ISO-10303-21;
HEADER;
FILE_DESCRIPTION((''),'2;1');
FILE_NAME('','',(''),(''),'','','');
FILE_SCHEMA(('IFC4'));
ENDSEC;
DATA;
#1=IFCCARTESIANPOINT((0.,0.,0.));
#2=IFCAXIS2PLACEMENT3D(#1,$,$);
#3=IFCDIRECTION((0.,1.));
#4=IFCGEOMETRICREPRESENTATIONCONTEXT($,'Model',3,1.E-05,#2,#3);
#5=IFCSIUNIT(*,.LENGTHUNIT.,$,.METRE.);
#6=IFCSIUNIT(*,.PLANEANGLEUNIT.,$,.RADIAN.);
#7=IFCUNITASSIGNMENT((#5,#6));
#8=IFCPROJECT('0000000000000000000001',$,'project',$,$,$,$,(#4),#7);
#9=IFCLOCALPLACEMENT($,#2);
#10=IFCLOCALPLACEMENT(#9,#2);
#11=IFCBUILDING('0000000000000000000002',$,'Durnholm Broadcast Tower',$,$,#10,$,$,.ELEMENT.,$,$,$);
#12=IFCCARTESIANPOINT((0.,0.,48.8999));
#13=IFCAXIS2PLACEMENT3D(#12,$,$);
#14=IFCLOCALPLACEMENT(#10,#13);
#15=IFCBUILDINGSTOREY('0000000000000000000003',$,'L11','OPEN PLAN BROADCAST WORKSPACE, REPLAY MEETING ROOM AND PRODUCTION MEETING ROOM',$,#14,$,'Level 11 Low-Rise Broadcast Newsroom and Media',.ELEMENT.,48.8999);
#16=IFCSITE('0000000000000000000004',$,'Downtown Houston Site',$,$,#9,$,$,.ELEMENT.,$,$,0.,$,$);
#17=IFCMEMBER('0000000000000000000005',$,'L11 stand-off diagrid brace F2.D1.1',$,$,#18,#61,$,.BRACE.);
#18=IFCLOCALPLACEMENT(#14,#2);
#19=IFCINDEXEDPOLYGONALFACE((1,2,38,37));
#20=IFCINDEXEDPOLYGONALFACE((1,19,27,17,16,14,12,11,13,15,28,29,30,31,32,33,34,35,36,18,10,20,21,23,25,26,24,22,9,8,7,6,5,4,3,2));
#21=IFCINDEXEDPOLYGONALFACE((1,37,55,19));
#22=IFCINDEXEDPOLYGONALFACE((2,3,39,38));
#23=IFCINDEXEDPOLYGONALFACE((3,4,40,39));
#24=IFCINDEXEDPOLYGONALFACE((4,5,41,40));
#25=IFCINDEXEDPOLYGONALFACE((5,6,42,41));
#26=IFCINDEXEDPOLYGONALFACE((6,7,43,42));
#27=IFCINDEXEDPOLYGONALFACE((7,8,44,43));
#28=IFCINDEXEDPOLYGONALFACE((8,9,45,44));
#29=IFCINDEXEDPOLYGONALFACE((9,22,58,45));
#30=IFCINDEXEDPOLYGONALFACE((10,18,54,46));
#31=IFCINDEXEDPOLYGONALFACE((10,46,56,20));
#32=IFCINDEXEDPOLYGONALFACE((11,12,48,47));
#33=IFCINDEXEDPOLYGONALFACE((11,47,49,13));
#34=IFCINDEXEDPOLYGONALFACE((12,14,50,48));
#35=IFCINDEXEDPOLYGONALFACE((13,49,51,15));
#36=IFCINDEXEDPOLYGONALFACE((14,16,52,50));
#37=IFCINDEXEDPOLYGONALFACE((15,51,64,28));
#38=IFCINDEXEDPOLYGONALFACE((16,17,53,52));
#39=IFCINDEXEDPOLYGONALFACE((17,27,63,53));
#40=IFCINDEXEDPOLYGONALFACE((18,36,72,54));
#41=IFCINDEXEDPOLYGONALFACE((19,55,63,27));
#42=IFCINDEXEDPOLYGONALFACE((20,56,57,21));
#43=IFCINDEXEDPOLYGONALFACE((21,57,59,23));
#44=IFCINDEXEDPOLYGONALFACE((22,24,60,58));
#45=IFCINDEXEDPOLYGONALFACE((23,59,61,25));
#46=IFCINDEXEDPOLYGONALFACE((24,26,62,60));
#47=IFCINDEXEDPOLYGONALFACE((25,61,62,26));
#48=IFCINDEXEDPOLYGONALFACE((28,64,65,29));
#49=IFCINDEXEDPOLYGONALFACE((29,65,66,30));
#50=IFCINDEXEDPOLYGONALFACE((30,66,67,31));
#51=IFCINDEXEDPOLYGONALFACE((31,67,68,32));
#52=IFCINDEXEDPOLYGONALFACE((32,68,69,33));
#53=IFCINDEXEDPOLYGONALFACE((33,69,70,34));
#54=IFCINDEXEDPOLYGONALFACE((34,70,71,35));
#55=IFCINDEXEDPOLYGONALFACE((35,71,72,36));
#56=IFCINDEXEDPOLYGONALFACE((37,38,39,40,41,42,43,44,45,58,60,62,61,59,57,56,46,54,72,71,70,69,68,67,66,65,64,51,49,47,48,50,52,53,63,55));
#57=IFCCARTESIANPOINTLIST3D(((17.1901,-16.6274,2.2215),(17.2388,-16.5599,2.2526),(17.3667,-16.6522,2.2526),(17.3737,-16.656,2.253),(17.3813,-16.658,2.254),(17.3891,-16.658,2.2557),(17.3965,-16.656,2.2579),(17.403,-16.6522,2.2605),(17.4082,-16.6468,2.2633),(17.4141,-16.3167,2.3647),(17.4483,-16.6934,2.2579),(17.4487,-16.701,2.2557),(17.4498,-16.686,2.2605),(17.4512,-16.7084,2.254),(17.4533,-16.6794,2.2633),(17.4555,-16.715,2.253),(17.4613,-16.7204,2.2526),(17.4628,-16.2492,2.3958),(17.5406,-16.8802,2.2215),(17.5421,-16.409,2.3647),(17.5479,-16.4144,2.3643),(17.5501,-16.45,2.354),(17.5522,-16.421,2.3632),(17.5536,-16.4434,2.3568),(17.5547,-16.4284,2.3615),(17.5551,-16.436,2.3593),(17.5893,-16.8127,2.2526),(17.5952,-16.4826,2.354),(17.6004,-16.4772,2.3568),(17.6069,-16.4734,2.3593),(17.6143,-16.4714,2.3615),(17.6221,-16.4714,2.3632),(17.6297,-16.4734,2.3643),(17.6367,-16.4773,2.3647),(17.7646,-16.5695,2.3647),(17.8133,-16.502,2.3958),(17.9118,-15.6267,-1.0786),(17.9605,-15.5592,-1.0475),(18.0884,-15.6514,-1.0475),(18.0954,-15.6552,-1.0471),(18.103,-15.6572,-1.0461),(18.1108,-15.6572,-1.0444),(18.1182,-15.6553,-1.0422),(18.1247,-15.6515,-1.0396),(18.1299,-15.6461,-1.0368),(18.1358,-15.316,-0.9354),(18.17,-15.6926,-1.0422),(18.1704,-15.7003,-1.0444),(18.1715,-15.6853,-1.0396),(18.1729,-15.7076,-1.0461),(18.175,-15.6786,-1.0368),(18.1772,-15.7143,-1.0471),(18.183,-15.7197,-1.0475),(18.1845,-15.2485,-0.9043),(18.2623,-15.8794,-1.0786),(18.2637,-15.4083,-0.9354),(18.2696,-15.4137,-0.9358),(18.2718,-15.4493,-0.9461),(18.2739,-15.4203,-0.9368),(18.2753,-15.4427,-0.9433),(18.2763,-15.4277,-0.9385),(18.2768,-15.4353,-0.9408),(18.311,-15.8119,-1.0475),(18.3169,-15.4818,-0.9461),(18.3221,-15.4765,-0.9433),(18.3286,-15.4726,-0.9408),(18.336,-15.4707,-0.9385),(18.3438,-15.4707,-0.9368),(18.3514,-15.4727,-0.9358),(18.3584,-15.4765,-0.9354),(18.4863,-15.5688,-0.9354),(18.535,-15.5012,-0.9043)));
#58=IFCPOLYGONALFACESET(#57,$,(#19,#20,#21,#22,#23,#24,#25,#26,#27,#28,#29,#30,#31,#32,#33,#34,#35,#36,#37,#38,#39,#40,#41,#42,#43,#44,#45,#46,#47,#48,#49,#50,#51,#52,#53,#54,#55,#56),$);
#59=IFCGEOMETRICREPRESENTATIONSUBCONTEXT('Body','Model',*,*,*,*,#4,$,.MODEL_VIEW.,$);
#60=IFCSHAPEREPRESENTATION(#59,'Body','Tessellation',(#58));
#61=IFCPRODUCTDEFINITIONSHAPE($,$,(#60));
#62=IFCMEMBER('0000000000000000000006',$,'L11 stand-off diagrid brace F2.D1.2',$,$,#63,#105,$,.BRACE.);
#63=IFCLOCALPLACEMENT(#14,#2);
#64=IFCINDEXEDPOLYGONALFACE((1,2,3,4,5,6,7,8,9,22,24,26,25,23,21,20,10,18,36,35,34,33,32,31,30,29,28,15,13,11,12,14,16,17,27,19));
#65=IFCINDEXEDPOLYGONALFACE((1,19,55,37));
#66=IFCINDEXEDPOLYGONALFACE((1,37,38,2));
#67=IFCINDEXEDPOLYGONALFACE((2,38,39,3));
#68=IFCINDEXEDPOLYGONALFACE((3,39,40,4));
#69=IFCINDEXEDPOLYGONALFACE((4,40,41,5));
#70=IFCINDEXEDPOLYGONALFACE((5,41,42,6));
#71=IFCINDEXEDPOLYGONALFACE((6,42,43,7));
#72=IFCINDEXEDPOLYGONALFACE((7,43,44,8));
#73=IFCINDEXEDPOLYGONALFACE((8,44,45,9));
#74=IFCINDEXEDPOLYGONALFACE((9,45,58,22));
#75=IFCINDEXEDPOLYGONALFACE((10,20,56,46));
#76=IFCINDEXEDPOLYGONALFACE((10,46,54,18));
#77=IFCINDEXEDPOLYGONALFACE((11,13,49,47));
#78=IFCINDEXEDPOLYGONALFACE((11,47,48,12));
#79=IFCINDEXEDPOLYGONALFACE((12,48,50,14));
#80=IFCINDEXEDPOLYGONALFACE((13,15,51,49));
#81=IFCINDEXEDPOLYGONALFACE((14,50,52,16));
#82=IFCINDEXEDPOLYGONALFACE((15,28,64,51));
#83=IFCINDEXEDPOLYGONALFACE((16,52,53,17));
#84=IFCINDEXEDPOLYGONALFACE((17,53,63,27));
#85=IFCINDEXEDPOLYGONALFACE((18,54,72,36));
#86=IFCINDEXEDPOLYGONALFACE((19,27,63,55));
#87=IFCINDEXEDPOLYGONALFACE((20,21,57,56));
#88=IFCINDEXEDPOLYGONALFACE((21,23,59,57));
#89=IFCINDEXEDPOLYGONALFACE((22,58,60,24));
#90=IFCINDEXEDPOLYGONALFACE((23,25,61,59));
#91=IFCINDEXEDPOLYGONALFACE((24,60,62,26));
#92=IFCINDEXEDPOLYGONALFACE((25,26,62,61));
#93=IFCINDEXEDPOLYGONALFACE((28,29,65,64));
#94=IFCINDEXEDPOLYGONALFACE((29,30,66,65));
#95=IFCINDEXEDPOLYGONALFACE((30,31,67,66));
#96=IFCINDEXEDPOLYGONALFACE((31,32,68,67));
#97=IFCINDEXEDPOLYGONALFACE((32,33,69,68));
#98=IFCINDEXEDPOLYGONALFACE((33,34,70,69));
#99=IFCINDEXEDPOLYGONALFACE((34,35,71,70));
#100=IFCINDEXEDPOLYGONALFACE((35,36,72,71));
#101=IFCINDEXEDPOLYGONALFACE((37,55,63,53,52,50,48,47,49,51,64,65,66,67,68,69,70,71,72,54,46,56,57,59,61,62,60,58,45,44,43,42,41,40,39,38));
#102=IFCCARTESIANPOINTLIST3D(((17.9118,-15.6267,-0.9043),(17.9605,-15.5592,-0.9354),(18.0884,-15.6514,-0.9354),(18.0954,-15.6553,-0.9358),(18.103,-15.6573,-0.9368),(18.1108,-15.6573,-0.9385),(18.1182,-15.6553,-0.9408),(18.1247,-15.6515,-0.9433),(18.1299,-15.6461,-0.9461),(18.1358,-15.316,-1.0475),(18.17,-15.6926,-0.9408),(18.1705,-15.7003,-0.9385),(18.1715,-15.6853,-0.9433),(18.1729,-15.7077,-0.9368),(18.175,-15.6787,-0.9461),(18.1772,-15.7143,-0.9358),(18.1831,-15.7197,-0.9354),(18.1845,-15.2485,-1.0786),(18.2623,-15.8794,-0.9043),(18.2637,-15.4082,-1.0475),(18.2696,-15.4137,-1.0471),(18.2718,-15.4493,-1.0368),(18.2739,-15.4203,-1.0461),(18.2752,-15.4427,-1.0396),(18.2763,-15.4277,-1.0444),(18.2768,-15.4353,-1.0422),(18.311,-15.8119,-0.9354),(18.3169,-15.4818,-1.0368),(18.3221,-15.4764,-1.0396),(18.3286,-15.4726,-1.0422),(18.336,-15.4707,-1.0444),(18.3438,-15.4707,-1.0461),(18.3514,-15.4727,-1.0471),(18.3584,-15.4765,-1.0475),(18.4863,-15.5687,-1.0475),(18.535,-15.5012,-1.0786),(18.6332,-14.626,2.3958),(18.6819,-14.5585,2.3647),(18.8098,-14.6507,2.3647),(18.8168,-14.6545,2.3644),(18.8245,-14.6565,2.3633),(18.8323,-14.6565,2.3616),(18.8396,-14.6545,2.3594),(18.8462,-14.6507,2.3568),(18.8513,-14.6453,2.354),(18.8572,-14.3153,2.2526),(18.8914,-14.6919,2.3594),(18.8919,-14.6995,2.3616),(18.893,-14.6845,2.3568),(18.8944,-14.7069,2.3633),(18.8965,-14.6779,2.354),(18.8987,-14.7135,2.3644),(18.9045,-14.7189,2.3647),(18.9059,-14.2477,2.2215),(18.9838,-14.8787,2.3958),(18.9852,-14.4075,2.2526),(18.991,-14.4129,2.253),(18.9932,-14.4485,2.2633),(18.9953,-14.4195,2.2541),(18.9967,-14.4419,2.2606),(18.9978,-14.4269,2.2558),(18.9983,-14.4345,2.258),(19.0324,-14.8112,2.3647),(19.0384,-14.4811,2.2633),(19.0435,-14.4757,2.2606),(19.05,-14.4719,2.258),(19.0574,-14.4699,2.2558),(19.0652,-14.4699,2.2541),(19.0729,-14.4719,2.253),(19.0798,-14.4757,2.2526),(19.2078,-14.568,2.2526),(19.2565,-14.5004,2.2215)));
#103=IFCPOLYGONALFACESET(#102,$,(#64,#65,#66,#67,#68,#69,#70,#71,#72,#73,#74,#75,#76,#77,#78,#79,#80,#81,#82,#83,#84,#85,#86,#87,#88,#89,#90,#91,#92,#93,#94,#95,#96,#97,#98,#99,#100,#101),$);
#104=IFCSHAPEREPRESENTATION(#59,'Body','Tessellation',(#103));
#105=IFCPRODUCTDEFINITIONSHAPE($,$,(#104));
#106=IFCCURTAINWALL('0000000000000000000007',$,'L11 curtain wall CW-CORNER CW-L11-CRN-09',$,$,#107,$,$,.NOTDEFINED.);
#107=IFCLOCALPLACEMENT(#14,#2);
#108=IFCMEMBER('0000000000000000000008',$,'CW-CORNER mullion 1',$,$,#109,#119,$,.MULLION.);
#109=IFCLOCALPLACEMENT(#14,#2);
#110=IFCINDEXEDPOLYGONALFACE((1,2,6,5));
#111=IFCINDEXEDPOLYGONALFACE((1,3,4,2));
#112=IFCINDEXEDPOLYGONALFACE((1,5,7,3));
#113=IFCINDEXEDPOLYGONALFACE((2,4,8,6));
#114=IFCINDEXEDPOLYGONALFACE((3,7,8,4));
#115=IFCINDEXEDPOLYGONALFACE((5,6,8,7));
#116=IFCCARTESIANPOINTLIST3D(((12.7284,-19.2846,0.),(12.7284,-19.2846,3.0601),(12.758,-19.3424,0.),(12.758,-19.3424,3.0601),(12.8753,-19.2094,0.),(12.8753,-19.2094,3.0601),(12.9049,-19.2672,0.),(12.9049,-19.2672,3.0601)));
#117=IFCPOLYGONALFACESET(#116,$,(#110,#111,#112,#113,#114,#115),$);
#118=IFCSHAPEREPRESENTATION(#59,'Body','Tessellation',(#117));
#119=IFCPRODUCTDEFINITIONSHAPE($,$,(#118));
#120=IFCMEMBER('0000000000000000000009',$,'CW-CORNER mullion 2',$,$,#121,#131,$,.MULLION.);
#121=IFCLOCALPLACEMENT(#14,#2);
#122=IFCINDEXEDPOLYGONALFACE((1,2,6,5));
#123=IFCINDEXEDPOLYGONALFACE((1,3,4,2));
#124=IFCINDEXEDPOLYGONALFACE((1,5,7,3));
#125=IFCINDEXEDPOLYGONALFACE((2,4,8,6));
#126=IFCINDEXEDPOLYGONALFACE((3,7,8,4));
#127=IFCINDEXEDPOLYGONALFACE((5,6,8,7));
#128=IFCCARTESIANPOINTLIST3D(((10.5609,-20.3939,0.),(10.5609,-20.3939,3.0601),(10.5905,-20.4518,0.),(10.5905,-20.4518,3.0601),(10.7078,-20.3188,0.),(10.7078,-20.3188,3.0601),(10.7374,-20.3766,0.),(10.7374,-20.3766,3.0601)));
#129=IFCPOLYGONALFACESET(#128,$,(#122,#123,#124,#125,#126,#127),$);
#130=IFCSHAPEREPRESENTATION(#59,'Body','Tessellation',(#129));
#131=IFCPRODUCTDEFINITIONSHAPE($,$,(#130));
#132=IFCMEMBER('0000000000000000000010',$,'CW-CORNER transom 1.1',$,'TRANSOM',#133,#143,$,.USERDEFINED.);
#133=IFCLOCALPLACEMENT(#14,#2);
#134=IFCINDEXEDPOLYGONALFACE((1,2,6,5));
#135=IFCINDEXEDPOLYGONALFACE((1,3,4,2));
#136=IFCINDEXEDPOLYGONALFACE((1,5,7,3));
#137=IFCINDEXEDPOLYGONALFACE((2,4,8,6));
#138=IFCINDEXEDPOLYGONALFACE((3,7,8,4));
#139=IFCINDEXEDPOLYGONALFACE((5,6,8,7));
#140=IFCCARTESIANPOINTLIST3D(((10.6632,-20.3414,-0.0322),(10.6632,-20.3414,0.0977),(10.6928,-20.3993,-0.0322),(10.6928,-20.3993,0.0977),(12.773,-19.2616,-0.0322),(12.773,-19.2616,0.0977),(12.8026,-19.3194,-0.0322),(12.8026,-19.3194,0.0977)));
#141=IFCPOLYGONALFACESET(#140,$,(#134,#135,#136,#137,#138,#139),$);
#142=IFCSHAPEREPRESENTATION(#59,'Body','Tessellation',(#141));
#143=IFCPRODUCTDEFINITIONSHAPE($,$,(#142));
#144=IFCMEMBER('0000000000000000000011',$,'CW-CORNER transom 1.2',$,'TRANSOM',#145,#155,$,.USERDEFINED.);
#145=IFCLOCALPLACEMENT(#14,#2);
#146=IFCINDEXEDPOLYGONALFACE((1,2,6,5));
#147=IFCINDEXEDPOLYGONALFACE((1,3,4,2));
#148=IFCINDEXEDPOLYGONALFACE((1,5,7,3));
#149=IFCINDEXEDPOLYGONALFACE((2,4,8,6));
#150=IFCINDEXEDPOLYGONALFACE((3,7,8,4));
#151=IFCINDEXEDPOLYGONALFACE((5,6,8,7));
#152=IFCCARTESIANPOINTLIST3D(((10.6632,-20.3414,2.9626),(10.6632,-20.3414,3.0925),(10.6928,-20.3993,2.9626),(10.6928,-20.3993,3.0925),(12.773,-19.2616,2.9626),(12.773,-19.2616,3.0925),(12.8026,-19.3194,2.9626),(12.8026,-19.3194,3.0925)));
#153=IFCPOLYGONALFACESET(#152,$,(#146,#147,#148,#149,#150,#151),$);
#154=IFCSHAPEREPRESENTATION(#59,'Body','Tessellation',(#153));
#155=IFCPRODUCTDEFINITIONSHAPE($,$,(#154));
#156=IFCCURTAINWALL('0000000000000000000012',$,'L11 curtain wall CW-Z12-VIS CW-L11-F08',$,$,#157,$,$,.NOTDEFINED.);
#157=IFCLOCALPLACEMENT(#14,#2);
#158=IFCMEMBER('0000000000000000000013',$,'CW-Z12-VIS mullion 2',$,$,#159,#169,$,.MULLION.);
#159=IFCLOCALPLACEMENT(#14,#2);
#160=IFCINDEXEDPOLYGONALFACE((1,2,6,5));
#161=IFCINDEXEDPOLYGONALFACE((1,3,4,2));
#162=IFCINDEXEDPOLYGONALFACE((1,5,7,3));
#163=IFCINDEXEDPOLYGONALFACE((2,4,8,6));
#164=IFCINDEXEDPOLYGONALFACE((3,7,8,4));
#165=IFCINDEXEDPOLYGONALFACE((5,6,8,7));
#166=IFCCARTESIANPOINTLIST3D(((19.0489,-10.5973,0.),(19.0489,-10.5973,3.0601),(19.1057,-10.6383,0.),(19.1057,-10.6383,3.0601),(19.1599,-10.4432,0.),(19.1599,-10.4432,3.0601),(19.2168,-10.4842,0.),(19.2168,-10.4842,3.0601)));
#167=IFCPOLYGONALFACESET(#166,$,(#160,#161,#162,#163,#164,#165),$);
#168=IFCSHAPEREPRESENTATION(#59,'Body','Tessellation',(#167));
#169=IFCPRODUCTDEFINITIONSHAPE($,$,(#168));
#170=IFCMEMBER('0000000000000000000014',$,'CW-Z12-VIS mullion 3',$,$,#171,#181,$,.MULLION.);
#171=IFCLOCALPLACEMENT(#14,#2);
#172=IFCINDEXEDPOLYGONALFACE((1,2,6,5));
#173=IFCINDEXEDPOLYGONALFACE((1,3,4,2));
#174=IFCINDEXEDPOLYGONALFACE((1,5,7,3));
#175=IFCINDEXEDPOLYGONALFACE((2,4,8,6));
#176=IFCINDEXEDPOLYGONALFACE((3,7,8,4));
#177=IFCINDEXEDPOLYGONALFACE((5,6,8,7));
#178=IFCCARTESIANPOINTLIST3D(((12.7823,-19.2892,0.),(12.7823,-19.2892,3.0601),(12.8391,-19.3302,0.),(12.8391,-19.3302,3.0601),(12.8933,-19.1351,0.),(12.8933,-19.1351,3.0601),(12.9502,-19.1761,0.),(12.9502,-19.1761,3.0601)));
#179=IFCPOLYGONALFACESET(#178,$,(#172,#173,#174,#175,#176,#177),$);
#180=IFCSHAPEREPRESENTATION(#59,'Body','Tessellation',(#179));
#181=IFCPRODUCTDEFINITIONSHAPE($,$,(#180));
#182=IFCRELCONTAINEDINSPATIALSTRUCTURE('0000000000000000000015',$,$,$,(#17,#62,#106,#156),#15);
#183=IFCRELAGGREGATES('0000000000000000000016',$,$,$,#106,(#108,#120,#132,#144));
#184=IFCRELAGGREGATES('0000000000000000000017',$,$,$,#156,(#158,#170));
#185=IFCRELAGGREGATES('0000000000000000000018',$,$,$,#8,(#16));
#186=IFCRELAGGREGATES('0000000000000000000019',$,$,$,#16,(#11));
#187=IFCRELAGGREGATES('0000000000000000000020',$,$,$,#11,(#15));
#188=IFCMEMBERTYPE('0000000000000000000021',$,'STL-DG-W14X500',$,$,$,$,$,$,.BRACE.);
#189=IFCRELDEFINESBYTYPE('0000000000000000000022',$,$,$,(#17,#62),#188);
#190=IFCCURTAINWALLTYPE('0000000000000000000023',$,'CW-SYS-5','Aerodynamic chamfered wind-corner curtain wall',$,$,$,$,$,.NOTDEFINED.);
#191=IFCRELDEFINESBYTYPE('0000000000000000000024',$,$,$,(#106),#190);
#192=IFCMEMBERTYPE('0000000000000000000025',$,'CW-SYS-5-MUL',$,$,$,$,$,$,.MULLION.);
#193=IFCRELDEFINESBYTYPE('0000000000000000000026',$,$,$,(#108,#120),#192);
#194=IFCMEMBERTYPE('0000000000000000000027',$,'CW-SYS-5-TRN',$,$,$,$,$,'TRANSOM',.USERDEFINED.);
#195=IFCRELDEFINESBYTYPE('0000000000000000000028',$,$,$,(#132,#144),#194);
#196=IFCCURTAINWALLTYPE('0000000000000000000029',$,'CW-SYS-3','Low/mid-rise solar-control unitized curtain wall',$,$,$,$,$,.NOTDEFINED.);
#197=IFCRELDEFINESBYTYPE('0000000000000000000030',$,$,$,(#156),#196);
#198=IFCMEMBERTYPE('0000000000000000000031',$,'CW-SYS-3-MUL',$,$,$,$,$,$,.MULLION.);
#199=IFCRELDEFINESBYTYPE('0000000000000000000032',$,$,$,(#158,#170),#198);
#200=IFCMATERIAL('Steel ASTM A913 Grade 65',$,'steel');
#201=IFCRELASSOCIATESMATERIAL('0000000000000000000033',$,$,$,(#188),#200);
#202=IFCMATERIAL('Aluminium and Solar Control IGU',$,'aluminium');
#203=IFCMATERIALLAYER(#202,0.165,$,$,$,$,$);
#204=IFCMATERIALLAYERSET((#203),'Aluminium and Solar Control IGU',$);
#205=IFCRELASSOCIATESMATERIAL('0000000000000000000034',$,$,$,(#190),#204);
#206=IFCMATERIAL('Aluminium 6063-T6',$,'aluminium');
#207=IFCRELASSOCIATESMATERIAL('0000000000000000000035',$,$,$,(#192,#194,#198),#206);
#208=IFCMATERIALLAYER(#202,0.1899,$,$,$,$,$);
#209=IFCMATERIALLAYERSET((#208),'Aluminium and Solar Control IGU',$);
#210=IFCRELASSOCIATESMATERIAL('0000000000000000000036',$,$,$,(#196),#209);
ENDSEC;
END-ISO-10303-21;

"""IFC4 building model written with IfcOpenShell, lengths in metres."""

from ifc_helpers import new_model, si_unit, direction, frame, origin, origin_2d, place, context, subcontext, project, spatial, rectangle, i_section, extrude, source, transform, mapped, material, layer, layer_set, material_profile, profile_set, type_object, type_shapes, element, aggregate, save


model = new_model("IFC4")

# Units and contexts
model_context = context("Model", 3, precision=1e-05, world=origin(), true_north=direction((0.0, 1.0)))
body_context = subcontext(model_context, "Body", "Model", "MODEL_VIEW")
ifc_project = project(units=[si_unit("LENGTHUNIT", "METRE"), si_unit("PLANEANGLEUNIT", "RADIAN")], contexts=[model_context])

# Site, building, storey
site_placement = place(None, origin())
site = spatial("IfcSite", under=ifc_project, at=site_placement, Name="Downtown Houston Site", CompositionType="ELEMENT", RefElevation=0.0)
building_placement = place(site_placement, origin())
building = spatial("IfcBuilding", under=site, at=building_placement, Name="Durnholm Broadcast Tower", CompositionType="ELEMENT")
storey_placement = place(building_placement, frame((0.0, 0.0, 48.8999)))
storey = spatial("IfcBuildingStorey", under=building, at=storey_placement, Name="L11", Description="OPEN PLAN BROADCAST WORKSPACE, REPLAY MEETING ROOM AND PRODUCTION MEETING ROOM", LongName="Level 11 Low-Rise Broadcast Newsroom and Media", CompositionType="ELEMENT", Elevation=48.8999)

# Members
ifc_material_1 = material(Name="Steel ASTM A913 Grade 65", Category="steel")
ifc_material_profile_1 = material_profile(ifc_material_1, i_section(OverallWidth=0.4321, OverallDepth=0.4978, WebThickness=0.0557, FlangeThickness=0.0889, FilletRadius=0.0305, at=origin_2d()), Name="W14X500")
ifc_profile_set_1 = profile_set([ifc_material_profile_1], Name="Steel ASTM A913 Grade 65")
member_type_1 = type_object("IfcMemberType", Name="STL-DG-W14X500", PredefinedType="BRACE", material=ifc_profile_set_1)
shared_shape_1 = source(origin(), body_context, "Body", "SweptSolid", [
    extrude(i_section(OverallWidth=0.4321, OverallDepth=0.4978, WebThickness=0.0557, FlangeThickness=0.0889, FilletRadius=0.0305, at=origin_2d()), origin(), (0.0, 0.0, 1.0), 3.5232),
])
type_shapes(member_type_1, [shared_shape_1])
for number, where, z_axis, x_axis, name in (
    (1, (18.2234, -15.564, -0.9915), (-0.204839, -0.284045, 0.936675), (0.811091, -0.58492, 0.0), "L11 stand-off diagrid brace F2.D1.1"),
    (2, (18.2234, -15.564, -0.9915), (0.204773, 0.284049, 0.936688), (-0.811185, 0.584789, 0.0), "L11 stand-off diagrid brace F2.D1.2"),
):
    element("IfcMember", number, at=place(storey_placement, frame(where, z_axis=z_axis, x_axis=x_axis)), inside=storey, type_object=member_type_1, Name=name, PredefinedType="BRACE", context=body_context, shape_type="MappedRepresentation", body=[
        mapped(shared_shape_1, transform((0.0, 0.0, 0.0), x_axis=(1.0, 0.0, 0.0), y_axis=(0.0, 1.0, 0.0), z_axis=(0.0, 0.0, 1.0), scale=1.0)),
    ])

# Curtain walls, members
ifc_material_2 = material(Name="Aluminium and Solar Control IGU", Category="aluminium")
ifc_layer_1 = layer(ifc_material_2, 0.165)
ifc_layer_set_1 = layer_set([ifc_layer_1], Name="Aluminium and Solar Control IGU")
curtain_wall_type_1 = type_object("IfcCurtainWallType", Name="CW-SYS-5", Description="Aerodynamic chamfered wind-corner curtain wall", PredefinedType="NOTDEFINED", material=ifc_layer_set_1)
curtain_wall_1_placement = place(storey_placement, origin())
curtain_wall_1 = element("IfcCurtainWall", 3, at=curtain_wall_1_placement, inside=storey, type_object=curtain_wall_type_1, Name="L11 curtain wall CW-CORNER CW-L11-CRN-09", PredefinedType="NOTDEFINED")
ifc_material_3 = material(Name="Aluminium 6063-T6", Category="aluminium")
ifc_material_profile_2 = material_profile(ifc_material_3, rectangle(XDim=0.0649, YDim=0.165, at=origin_2d()), Name="CWM65X165")
ifc_profile_set_2 = profile_set([ifc_material_profile_2], Name="Aluminium 6063-T6")
member_type_2 = type_object("IfcMemberType", Name="CW-SYS-5-MUL", PredefinedType="MULLION", material=ifc_profile_set_2)
shared_shape_2 = source(origin(), body_context, "Body", "SweptSolid", [
    extrude(rectangle(XDim=0.0649, YDim=0.165, at=origin_2d()), origin(), (0.0, 0.0, 1.0), 3.0601),
])
type_shapes(member_type_2, [shared_shape_2])
member_1_placement = place(storey_placement, frame((12.8167, -19.2759, 0.0), z_axis=(0.0, 0.0, 1.0), x_axis=(0.455594, -0.890188, 0.0)))
member_1 = element("IfcMember", 4, at=member_1_placement, type_object=member_type_2, Name="CW-CORNER mullion 1", PredefinedType="MULLION", context=body_context, shape_type="MappedRepresentation", body=[
    mapped(shared_shape_2, transform((0.0, 0.0, 0.0), x_axis=(1.0, 0.0, 0.0), y_axis=(0.0, 1.0, 0.0), z_axis=(0.0, 0.0, 1.0), scale=1.0)),
])
member_2_placement = place(storey_placement, frame((10.6492, -20.3853, 0.0), z_axis=(0.0, 0.0, 1.0), x_axis=(0.455594, -0.890188, 0.0)))
member_2 = element("IfcMember", 5, at=member_2_placement, type_object=member_type_2, Name="CW-CORNER mullion 2", PredefinedType="MULLION", context=body_context, shape_type="MappedRepresentation", body=[
    mapped(shared_shape_2, transform((0.0, 0.0, 0.0), x_axis=(1.0, 0.0, 0.0), y_axis=(0.0, 1.0, 0.0), z_axis=(0.0, 0.0, 1.0), scale=1.0)),
])
ifc_material_profile_3 = material_profile(ifc_material_3, rectangle(XDim=0.0649, YDim=0.1299, at=origin_2d()), Name="CWT65X130")
ifc_profile_set_3 = profile_set([ifc_material_profile_3], Name="Aluminium 6063-T6")
member_type_3 = type_object("IfcMemberType", Name="CW-SYS-5-TRN", ElementType="TRANSOM", PredefinedType="USERDEFINED", material=ifc_profile_set_3)
shared_shape_3 = source(origin(), body_context, "Body", "SweptSolid", [
    extrude(rectangle(XDim=0.0649, YDim=0.1299, at=origin_2d()), origin(), (0.0, 0.0, 1.0), 2.3701),
])
type_shapes(member_type_3, [shared_shape_3])
member_3_placement = place(storey_placement, frame((12.7878, -19.2905, 0.0327), z_axis=(-0.890185, -0.455599, 0.0), x_axis=(0.455599, -0.890185, 0.0)))
member_3 = element("IfcMember", 6, at=member_3_placement, type_object=member_type_3, Name="CW-CORNER transom 1.1", ObjectType="TRANSOM", PredefinedType="USERDEFINED", context=body_context, shape_type="MappedRepresentation", body=[
    mapped(shared_shape_3, transform((0.0, 0.0, 0.0), x_axis=(1.0, 0.0, 0.0), y_axis=(0.0, 1.0, 0.0), z_axis=(0.0, 0.0, 1.0), scale=1.0)),
])
member_4_placement = place(storey_placement, frame((12.7878, -19.2905, 3.0276), z_axis=(-0.890185, -0.455599, 0.0), x_axis=(0.455599, -0.890185, 0.0)))
member_4 = element("IfcMember", 7, at=member_4_placement, type_object=member_type_3, Name="CW-CORNER transom 1.2", ObjectType="TRANSOM", PredefinedType="USERDEFINED", context=body_context, shape_type="MappedRepresentation", body=[
    mapped(shared_shape_3, transform((0.0, 0.0, 0.0), x_axis=(1.0, 0.0, 0.0), y_axis=(0.0, 1.0, 0.0), z_axis=(0.0, 0.0, 1.0), scale=1.0)),
])
ifc_layer_2 = layer(ifc_material_2, 0.1899)
ifc_layer_set_2 = layer_set([ifc_layer_2], Name="Aluminium and Solar Control IGU")
curtain_wall_type_2 = type_object("IfcCurtainWallType", Name="CW-SYS-3", Description="Low/mid-rise solar-control unitized curtain wall", PredefinedType="NOTDEFINED", material=ifc_layer_set_2)
curtain_wall_2_placement = place(storey_placement, origin())
curtain_wall_2 = element("IfcCurtainWall", 8, at=curtain_wall_2_placement, inside=storey, type_object=curtain_wall_type_2, Name="L11 curtain wall CW-Z12-VIS CW-L11-F08", PredefinedType="NOTDEFINED")
ifc_material_profile_4 = material_profile(ifc_material_3, rectangle(XDim=0.0701, YDim=0.1899, at=origin_2d()), Name="CWM70X190")
ifc_profile_set_4 = profile_set([ifc_material_profile_4], Name="Aluminium 6063-T6")
member_type_4 = type_object("IfcMemberType", Name="CW-SYS-3-MUL", PredefinedType="MULLION", material=ifc_profile_set_4)
shared_shape_4 = source(origin(), body_context, "Body", "SweptSolid", [
    extrude(rectangle(XDim=0.0701, YDim=0.1899, at=origin_2d()), origin(), (0.0, 0.0, 1.0), 3.0601),
])
type_shapes(member_type_4, [shared_shape_4])
member_5_placement = place(storey_placement, frame((19.1328, -10.5408, 0.0), z_axis=(0.0, 0.0, 1.0), x_axis=(0.811161, -0.584823, 0.0)))
member_5 = element("IfcMember", 9, at=member_5_placement, type_object=member_type_4, Name="CW-Z12-VIS mullion 2", PredefinedType="MULLION", context=body_context, shape_type="MappedRepresentation", body=[
    mapped(shared_shape_4, transform((0.0, 0.0, 0.0), x_axis=(1.0, 0.0, 0.0), y_axis=(0.0, 1.0, 0.0), z_axis=(0.0, 0.0, 1.0), scale=1.0)),
])
member_6_placement = place(storey_placement, frame((12.8662, -19.2327, 0.0), z_axis=(0.0, 0.0, 1.0), x_axis=(0.811161, -0.584823, 0.0)))
member_6 = element("IfcMember", 10, at=member_6_placement, type_object=member_type_4, Name="CW-Z12-VIS mullion 3", PredefinedType="MULLION", context=body_context, shape_type="MappedRepresentation", body=[
    mapped(shared_shape_4, transform((0.0, 0.0, 0.0), x_axis=(1.0, 0.0, 0.0), y_axis=(0.0, 1.0, 0.0), z_axis=(0.0, 0.0, 1.0), scale=1.0)),
])

aggregate(curtain_wall_1, [member_1, member_2, member_3, member_4])
aggregate(curtain_wall_2, [member_5, member_6])

save(model, "model.ifc")
